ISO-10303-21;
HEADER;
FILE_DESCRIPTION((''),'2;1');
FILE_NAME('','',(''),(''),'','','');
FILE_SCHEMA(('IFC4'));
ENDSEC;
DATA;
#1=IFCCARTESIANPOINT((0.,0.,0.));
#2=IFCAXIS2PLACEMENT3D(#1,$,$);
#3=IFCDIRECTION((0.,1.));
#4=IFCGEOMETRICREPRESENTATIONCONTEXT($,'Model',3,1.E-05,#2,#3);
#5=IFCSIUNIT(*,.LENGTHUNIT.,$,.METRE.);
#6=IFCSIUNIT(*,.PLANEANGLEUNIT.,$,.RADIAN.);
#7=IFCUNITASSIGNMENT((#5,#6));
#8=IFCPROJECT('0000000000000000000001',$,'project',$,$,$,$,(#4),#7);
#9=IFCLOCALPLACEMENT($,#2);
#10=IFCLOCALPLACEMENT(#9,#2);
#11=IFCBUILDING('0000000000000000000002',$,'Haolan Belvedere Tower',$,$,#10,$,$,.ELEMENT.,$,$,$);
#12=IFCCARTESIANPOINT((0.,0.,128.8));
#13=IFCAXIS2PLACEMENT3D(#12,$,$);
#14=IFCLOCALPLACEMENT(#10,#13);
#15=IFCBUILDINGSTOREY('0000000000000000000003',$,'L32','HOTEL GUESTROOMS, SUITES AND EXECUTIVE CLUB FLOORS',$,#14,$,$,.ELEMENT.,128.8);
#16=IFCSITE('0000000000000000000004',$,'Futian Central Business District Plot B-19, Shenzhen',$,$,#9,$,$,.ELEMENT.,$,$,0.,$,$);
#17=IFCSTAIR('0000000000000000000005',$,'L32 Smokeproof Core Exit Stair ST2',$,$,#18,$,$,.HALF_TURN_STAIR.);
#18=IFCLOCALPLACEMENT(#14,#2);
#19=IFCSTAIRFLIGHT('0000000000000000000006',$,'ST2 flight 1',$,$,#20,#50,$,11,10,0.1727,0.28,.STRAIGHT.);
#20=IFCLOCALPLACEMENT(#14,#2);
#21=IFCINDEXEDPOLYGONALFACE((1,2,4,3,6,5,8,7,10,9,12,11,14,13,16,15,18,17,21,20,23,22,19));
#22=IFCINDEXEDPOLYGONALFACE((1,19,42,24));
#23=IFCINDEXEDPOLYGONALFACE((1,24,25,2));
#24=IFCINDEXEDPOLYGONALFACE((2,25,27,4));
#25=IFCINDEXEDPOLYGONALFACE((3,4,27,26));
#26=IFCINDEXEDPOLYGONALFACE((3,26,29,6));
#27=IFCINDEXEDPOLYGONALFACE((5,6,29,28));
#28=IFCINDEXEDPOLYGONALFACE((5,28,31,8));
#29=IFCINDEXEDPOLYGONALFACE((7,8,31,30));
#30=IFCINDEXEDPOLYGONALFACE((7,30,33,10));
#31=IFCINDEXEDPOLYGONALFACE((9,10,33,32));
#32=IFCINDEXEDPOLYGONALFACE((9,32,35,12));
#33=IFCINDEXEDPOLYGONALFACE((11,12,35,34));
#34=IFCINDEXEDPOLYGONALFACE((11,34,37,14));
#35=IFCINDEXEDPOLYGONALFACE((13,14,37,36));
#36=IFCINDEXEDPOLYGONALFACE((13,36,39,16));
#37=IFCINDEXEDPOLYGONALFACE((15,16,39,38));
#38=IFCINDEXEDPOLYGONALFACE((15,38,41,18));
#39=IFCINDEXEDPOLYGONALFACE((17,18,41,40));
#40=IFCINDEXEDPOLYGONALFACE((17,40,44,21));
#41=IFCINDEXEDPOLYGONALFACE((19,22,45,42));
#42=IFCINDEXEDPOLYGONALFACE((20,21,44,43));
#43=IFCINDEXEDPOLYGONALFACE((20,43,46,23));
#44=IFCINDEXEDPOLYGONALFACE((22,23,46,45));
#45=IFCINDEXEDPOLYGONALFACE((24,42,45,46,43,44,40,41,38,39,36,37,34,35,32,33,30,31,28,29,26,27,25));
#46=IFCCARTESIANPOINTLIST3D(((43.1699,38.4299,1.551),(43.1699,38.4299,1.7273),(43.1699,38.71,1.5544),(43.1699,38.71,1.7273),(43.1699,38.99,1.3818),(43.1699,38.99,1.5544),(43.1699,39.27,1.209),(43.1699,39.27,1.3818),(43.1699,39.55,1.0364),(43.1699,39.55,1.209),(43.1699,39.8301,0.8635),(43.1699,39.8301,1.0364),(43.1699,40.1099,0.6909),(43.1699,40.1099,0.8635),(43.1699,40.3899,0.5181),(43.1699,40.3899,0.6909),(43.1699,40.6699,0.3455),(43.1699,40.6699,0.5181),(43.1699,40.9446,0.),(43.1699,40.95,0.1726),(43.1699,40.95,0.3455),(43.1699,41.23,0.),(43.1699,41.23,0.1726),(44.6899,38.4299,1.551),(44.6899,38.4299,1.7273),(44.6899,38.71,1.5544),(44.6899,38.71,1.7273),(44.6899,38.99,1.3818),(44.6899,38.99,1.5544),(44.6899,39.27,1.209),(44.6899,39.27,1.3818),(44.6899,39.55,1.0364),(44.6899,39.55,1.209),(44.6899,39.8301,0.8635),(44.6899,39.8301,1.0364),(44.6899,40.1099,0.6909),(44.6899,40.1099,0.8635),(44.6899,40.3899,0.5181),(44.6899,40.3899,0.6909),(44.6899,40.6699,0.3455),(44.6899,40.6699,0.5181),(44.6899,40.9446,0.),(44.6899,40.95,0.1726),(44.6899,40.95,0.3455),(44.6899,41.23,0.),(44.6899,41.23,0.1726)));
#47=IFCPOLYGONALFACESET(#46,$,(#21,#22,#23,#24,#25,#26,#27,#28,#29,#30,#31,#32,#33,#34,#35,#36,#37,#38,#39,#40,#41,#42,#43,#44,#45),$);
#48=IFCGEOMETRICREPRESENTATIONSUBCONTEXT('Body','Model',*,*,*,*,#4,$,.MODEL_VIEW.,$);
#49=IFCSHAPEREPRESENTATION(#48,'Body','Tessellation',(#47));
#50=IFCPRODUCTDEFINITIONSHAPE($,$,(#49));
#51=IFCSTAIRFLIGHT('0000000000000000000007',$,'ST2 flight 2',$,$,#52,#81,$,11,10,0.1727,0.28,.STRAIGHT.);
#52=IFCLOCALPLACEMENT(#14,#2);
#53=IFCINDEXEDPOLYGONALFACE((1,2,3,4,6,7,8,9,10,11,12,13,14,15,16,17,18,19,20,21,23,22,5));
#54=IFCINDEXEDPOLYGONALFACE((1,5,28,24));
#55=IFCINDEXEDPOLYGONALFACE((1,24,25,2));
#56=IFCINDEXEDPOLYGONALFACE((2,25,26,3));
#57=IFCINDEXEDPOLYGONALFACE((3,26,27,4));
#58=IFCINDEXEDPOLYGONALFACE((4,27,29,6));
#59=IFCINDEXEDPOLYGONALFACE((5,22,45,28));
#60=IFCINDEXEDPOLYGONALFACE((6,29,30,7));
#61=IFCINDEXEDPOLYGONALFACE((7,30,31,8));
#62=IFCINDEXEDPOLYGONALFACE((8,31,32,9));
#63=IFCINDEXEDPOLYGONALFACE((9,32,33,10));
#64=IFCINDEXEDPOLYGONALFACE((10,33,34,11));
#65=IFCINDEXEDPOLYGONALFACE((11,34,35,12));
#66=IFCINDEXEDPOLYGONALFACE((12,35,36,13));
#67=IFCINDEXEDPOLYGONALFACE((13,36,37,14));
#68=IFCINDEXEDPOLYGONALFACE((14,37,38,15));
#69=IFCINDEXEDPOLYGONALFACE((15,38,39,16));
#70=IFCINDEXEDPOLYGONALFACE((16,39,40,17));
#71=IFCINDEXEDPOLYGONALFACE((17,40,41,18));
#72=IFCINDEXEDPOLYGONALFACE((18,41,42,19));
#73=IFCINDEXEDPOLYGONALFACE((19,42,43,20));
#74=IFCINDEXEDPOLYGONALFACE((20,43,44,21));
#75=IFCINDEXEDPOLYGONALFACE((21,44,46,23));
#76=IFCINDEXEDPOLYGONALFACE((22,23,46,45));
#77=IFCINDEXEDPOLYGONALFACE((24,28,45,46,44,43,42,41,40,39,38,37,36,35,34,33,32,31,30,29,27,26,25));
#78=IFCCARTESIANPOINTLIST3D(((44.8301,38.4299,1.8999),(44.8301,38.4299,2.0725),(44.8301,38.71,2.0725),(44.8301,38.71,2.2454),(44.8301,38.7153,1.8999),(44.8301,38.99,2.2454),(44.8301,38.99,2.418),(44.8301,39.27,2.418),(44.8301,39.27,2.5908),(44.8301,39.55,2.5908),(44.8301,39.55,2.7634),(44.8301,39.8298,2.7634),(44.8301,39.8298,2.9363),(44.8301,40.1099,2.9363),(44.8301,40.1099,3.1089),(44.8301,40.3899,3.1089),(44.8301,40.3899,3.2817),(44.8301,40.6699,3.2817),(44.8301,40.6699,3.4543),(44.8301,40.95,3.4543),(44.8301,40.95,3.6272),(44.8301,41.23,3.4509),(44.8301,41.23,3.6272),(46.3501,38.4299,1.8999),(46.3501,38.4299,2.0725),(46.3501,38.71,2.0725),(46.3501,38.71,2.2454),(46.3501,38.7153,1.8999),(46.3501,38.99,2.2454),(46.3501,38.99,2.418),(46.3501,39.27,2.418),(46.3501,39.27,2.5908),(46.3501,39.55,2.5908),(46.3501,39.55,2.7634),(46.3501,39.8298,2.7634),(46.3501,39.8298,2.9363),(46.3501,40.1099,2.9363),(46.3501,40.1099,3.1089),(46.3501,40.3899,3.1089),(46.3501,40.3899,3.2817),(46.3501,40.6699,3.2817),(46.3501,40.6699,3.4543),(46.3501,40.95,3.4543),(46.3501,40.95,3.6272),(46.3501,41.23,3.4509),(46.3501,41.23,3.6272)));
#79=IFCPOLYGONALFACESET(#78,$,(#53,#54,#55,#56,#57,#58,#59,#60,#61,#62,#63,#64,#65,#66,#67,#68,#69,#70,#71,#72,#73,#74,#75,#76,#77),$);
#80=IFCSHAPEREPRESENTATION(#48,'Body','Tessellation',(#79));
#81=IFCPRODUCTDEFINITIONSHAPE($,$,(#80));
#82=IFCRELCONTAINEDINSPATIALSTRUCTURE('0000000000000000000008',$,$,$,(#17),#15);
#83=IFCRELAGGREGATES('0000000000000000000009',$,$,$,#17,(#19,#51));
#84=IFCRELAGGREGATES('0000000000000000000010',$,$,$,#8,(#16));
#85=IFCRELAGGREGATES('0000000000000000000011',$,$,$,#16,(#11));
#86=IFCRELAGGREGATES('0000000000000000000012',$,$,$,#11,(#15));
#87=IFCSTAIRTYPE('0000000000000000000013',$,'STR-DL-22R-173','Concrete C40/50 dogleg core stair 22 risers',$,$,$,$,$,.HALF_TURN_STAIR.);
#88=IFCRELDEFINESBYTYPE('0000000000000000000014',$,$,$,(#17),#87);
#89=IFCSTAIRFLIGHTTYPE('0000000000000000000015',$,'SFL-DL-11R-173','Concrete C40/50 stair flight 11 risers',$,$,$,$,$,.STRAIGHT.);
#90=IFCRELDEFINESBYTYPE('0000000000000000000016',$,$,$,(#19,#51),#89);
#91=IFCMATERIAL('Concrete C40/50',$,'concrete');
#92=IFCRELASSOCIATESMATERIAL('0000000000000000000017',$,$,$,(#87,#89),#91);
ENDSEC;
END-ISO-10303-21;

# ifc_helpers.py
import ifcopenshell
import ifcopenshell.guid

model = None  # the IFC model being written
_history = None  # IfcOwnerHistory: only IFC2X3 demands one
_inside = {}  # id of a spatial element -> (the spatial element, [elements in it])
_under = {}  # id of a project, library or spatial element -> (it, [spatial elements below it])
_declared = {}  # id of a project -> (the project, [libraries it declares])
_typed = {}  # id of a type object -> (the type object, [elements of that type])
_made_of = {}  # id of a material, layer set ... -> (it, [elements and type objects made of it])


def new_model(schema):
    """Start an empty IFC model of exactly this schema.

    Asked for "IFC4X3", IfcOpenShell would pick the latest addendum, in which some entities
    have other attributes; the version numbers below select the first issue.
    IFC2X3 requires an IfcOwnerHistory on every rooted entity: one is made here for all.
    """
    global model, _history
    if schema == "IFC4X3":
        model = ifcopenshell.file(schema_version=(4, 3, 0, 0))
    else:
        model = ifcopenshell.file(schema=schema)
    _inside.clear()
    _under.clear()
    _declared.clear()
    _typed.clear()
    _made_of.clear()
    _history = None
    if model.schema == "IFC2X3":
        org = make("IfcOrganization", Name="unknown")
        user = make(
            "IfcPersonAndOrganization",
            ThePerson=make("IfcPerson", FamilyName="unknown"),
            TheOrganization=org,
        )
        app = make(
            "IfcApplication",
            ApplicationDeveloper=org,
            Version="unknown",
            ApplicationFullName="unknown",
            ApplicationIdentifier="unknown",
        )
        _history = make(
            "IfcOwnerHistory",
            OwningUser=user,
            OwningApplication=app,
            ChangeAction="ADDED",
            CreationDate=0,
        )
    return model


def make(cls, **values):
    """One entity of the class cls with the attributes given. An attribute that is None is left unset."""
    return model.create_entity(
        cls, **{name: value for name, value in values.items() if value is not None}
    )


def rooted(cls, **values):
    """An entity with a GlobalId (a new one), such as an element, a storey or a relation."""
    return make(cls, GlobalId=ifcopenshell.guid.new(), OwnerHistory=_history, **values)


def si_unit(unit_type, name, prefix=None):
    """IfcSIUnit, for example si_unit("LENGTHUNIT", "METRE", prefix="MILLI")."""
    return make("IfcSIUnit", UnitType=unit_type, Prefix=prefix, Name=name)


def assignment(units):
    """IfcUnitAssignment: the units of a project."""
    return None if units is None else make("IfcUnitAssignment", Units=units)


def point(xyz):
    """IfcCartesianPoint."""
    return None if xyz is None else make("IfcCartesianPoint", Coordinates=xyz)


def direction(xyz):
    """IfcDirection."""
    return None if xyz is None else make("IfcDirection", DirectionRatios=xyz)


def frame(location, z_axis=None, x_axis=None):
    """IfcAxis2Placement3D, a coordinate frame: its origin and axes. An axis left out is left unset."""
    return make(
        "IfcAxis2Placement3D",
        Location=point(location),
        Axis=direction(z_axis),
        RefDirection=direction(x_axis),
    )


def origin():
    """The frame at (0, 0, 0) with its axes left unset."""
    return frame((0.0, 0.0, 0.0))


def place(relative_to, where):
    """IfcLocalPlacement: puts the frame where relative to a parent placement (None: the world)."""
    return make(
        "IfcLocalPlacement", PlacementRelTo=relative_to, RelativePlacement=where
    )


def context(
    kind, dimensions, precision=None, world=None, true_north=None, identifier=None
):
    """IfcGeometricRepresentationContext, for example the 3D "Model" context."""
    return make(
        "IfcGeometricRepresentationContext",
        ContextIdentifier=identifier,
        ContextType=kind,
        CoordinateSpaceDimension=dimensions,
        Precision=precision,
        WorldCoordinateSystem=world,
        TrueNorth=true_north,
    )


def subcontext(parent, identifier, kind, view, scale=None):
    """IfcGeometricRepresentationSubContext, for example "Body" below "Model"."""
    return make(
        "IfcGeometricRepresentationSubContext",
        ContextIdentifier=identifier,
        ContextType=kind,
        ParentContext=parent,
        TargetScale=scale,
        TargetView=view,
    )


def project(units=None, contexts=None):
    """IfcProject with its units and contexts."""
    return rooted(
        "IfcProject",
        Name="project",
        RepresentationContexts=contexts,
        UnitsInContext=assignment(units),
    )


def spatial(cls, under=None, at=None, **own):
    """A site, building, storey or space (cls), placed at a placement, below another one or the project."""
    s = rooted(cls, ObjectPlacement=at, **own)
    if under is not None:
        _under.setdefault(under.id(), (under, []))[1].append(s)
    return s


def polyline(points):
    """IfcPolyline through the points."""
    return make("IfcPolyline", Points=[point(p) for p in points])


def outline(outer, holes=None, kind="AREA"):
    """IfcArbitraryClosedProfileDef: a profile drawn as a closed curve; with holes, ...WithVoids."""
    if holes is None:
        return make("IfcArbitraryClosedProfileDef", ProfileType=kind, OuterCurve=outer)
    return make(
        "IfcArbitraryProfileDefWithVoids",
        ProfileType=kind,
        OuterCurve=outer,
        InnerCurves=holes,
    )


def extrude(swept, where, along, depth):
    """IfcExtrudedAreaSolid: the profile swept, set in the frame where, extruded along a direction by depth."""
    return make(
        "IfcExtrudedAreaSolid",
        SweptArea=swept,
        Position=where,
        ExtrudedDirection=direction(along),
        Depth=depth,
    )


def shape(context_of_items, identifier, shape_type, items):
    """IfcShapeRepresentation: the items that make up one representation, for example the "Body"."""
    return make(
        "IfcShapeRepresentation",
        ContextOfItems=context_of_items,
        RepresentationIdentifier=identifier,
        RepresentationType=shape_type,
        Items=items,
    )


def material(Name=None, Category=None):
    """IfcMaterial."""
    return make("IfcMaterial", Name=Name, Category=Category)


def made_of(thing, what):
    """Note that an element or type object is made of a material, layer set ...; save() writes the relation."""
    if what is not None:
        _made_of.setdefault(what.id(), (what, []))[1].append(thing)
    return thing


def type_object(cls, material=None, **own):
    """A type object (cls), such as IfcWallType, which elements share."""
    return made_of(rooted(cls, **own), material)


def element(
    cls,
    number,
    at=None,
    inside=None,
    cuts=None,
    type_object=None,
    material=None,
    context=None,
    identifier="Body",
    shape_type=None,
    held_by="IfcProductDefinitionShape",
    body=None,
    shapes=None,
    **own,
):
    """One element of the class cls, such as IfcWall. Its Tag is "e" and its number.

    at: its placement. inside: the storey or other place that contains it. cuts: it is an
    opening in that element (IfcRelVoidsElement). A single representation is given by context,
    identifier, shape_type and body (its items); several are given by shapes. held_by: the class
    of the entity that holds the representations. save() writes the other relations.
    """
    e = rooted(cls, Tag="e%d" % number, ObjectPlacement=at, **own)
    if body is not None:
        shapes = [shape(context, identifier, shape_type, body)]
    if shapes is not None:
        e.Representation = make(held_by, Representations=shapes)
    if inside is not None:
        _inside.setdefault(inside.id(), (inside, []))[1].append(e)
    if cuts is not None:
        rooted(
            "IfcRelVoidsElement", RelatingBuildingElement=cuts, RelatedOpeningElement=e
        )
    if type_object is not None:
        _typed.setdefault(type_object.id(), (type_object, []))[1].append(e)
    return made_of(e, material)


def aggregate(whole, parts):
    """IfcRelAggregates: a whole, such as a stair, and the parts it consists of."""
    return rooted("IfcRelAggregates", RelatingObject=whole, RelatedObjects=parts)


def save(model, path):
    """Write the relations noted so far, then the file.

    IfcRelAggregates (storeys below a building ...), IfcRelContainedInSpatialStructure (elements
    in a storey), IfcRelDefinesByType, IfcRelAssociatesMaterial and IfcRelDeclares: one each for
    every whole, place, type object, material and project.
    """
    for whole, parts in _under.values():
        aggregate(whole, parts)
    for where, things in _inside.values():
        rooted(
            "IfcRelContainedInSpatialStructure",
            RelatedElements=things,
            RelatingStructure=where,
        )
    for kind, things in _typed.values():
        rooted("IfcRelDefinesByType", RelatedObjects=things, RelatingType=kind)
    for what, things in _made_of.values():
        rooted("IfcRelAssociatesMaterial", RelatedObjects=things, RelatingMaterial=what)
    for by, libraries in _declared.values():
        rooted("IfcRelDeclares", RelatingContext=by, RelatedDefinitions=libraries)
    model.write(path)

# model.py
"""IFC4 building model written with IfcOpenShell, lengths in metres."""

from ifc_helpers import new_model, si_unit, direction, frame, origin, place, context, subcontext, project, spatial, polyline, outline, extrude, material, type_object, element, aggregate, save


model = new_model("IFC4")

# Units and contexts
model_context = context("Model", 3, precision=1e-05, world=origin(), true_north=direction((0.0, 1.0)))
body_context = subcontext(model_context, "Body", "Model", "MODEL_VIEW")
ifc_project = project(units=[si_unit("LENGTHUNIT", "METRE"), si_unit("PLANEANGLEUNIT", "RADIAN")], contexts=[model_context])

# Site, building, storey
site_placement = place(None, origin())
site = spatial("IfcSite", under=ifc_project, at=site_placement, Name="Futian Central Business District Plot B-19, Shenzhen", CompositionType="ELEMENT", RefElevation=0.0)
building_placement = place(site_placement, origin())
building = spatial("IfcBuilding", under=site, at=building_placement, Name="Haolan Belvedere Tower", CompositionType="ELEMENT")
storey_placement = place(building_placement, frame((0.0, 0.0, 128.8)))
storey = spatial("IfcBuildingStorey", under=building, at=storey_placement, Name="L32", Description="HOTEL GUESTROOMS, SUITES AND EXECUTIVE CLUB FLOORS", CompositionType="ELEMENT", Elevation=128.8)

# Stair, stair flights
ifc_material_1 = material(Name="Concrete C40/50", Category="concrete")
stair_type = type_object("IfcStairType", Name="STR-DL-22R-173", Description="Concrete C40/50 dogleg core stair 22 risers", PredefinedType="HALF_TURN_STAIR", material=ifc_material_1)
stair_flight_type = type_object("IfcStairFlightType", Name="SFL-DL-11R-173", Description="Concrete C40/50 stair flight 11 risers", PredefinedType="STRAIGHT", material=ifc_material_1)
stair_1_placement = place(storey_placement, origin())
stair_1 = element("IfcStair", 1, at=stair_1_placement, inside=storey, type_object=stair_type, Name="L32 Smokeproof Core Exit Stair ST2", PredefinedType="HALF_TURN_STAIR")
stair_flight_1_placement = place(storey_placement, frame((43.9299, 41.23, 0.0), z_axis=(0.0, 0.0, 1.0), x_axis=(0.0, -1.0, 0.0)))
stair_flight_1 = element("IfcStairFlight", 2, at=stair_flight_1_placement, type_object=stair_flight_type, Name="ST2 flight 1", NumberOfRisers=11, NumberOfTreads=10, PredefinedType="STRAIGHT", RiserHeight=0.1727, TreadLength=0.28, context=body_context, shape_type="SweptSolid", body=[
    extrude(outline(polyline([(0.0, 0.0), (0.0, 0.1726), (0.28, 0.1726), (0.28, 0.3455), (0.5601, 0.3455), (0.5601, 0.5181), (0.8401, 0.5181), (0.8401, 0.6909), (1.1201, 0.6909), (1.1201, 0.8635), (1.3999, 0.8635), (1.3999, 1.0364), (1.6799, 1.0364), (1.6799, 1.209), (1.96, 1.209), (1.96, 1.3818), (2.24, 1.3818), (2.24, 1.5544), (2.52, 1.5544), (2.52, 1.7273), (2.8, 1.7273), (2.8, 1.8999), (2.8, 1.551), (0.2854, 0.0), (0.0, 0.0)])), frame((0.0, 0.76, 0.0), z_axis=(0.0, -1.0, 0.0), x_axis=(1.0, 0.0, 0.0)), (0.0, 0.0, 1.0), 1.52),
])
stair_flight_2_placement = place(storey_placement, frame((45.5901, 38.4299, 1.8999), z_axis=(0.0, 0.0, 1.0), x_axis=(0.0, 1.0, 0.0)))
stair_flight_2 = element("IfcStairFlight", 3, at=stair_flight_2_placement, type_object=stair_flight_type, Name="ST2 flight 2", NumberOfRisers=11, NumberOfTreads=10, PredefinedType="STRAIGHT", RiserHeight=0.1727, TreadLength=0.28, context=body_context, shape_type="SweptSolid", body=[
    extrude(outline(polyline([(0.0, 0.0), (0.0, 0.1726), (0.28, 0.1726), (0.28, 0.3455), (0.5601, 0.3455), (0.5601, 0.5181), (0.8401, 0.5181), (0.8401, 0.6909), (1.1201, 0.6909), (1.1201, 0.8635), (1.3999, 0.8635), (1.3999, 1.0364), (1.6799, 1.0364), (1.6799, 1.209), (1.96, 1.209), (1.96, 1.3818), (2.24, 1.3818), (2.24, 1.5544), (2.52, 1.5544), (2.52, 1.7273), (2.8, 1.7273), (2.8, 1.8999), (2.8, 1.551), (0.2854, 0.0), (0.0, 0.0)])), frame((0.0, 0.76, 0.0), z_axis=(0.0, -1.0, 0.0), x_axis=(1.0, 0.0, 0.0)), (0.0, 0.0, 1.0), 1.52),
])
aggregate(stair_1, [stair_flight_1, stair_flight_2])

save(model, "model.ifc")
